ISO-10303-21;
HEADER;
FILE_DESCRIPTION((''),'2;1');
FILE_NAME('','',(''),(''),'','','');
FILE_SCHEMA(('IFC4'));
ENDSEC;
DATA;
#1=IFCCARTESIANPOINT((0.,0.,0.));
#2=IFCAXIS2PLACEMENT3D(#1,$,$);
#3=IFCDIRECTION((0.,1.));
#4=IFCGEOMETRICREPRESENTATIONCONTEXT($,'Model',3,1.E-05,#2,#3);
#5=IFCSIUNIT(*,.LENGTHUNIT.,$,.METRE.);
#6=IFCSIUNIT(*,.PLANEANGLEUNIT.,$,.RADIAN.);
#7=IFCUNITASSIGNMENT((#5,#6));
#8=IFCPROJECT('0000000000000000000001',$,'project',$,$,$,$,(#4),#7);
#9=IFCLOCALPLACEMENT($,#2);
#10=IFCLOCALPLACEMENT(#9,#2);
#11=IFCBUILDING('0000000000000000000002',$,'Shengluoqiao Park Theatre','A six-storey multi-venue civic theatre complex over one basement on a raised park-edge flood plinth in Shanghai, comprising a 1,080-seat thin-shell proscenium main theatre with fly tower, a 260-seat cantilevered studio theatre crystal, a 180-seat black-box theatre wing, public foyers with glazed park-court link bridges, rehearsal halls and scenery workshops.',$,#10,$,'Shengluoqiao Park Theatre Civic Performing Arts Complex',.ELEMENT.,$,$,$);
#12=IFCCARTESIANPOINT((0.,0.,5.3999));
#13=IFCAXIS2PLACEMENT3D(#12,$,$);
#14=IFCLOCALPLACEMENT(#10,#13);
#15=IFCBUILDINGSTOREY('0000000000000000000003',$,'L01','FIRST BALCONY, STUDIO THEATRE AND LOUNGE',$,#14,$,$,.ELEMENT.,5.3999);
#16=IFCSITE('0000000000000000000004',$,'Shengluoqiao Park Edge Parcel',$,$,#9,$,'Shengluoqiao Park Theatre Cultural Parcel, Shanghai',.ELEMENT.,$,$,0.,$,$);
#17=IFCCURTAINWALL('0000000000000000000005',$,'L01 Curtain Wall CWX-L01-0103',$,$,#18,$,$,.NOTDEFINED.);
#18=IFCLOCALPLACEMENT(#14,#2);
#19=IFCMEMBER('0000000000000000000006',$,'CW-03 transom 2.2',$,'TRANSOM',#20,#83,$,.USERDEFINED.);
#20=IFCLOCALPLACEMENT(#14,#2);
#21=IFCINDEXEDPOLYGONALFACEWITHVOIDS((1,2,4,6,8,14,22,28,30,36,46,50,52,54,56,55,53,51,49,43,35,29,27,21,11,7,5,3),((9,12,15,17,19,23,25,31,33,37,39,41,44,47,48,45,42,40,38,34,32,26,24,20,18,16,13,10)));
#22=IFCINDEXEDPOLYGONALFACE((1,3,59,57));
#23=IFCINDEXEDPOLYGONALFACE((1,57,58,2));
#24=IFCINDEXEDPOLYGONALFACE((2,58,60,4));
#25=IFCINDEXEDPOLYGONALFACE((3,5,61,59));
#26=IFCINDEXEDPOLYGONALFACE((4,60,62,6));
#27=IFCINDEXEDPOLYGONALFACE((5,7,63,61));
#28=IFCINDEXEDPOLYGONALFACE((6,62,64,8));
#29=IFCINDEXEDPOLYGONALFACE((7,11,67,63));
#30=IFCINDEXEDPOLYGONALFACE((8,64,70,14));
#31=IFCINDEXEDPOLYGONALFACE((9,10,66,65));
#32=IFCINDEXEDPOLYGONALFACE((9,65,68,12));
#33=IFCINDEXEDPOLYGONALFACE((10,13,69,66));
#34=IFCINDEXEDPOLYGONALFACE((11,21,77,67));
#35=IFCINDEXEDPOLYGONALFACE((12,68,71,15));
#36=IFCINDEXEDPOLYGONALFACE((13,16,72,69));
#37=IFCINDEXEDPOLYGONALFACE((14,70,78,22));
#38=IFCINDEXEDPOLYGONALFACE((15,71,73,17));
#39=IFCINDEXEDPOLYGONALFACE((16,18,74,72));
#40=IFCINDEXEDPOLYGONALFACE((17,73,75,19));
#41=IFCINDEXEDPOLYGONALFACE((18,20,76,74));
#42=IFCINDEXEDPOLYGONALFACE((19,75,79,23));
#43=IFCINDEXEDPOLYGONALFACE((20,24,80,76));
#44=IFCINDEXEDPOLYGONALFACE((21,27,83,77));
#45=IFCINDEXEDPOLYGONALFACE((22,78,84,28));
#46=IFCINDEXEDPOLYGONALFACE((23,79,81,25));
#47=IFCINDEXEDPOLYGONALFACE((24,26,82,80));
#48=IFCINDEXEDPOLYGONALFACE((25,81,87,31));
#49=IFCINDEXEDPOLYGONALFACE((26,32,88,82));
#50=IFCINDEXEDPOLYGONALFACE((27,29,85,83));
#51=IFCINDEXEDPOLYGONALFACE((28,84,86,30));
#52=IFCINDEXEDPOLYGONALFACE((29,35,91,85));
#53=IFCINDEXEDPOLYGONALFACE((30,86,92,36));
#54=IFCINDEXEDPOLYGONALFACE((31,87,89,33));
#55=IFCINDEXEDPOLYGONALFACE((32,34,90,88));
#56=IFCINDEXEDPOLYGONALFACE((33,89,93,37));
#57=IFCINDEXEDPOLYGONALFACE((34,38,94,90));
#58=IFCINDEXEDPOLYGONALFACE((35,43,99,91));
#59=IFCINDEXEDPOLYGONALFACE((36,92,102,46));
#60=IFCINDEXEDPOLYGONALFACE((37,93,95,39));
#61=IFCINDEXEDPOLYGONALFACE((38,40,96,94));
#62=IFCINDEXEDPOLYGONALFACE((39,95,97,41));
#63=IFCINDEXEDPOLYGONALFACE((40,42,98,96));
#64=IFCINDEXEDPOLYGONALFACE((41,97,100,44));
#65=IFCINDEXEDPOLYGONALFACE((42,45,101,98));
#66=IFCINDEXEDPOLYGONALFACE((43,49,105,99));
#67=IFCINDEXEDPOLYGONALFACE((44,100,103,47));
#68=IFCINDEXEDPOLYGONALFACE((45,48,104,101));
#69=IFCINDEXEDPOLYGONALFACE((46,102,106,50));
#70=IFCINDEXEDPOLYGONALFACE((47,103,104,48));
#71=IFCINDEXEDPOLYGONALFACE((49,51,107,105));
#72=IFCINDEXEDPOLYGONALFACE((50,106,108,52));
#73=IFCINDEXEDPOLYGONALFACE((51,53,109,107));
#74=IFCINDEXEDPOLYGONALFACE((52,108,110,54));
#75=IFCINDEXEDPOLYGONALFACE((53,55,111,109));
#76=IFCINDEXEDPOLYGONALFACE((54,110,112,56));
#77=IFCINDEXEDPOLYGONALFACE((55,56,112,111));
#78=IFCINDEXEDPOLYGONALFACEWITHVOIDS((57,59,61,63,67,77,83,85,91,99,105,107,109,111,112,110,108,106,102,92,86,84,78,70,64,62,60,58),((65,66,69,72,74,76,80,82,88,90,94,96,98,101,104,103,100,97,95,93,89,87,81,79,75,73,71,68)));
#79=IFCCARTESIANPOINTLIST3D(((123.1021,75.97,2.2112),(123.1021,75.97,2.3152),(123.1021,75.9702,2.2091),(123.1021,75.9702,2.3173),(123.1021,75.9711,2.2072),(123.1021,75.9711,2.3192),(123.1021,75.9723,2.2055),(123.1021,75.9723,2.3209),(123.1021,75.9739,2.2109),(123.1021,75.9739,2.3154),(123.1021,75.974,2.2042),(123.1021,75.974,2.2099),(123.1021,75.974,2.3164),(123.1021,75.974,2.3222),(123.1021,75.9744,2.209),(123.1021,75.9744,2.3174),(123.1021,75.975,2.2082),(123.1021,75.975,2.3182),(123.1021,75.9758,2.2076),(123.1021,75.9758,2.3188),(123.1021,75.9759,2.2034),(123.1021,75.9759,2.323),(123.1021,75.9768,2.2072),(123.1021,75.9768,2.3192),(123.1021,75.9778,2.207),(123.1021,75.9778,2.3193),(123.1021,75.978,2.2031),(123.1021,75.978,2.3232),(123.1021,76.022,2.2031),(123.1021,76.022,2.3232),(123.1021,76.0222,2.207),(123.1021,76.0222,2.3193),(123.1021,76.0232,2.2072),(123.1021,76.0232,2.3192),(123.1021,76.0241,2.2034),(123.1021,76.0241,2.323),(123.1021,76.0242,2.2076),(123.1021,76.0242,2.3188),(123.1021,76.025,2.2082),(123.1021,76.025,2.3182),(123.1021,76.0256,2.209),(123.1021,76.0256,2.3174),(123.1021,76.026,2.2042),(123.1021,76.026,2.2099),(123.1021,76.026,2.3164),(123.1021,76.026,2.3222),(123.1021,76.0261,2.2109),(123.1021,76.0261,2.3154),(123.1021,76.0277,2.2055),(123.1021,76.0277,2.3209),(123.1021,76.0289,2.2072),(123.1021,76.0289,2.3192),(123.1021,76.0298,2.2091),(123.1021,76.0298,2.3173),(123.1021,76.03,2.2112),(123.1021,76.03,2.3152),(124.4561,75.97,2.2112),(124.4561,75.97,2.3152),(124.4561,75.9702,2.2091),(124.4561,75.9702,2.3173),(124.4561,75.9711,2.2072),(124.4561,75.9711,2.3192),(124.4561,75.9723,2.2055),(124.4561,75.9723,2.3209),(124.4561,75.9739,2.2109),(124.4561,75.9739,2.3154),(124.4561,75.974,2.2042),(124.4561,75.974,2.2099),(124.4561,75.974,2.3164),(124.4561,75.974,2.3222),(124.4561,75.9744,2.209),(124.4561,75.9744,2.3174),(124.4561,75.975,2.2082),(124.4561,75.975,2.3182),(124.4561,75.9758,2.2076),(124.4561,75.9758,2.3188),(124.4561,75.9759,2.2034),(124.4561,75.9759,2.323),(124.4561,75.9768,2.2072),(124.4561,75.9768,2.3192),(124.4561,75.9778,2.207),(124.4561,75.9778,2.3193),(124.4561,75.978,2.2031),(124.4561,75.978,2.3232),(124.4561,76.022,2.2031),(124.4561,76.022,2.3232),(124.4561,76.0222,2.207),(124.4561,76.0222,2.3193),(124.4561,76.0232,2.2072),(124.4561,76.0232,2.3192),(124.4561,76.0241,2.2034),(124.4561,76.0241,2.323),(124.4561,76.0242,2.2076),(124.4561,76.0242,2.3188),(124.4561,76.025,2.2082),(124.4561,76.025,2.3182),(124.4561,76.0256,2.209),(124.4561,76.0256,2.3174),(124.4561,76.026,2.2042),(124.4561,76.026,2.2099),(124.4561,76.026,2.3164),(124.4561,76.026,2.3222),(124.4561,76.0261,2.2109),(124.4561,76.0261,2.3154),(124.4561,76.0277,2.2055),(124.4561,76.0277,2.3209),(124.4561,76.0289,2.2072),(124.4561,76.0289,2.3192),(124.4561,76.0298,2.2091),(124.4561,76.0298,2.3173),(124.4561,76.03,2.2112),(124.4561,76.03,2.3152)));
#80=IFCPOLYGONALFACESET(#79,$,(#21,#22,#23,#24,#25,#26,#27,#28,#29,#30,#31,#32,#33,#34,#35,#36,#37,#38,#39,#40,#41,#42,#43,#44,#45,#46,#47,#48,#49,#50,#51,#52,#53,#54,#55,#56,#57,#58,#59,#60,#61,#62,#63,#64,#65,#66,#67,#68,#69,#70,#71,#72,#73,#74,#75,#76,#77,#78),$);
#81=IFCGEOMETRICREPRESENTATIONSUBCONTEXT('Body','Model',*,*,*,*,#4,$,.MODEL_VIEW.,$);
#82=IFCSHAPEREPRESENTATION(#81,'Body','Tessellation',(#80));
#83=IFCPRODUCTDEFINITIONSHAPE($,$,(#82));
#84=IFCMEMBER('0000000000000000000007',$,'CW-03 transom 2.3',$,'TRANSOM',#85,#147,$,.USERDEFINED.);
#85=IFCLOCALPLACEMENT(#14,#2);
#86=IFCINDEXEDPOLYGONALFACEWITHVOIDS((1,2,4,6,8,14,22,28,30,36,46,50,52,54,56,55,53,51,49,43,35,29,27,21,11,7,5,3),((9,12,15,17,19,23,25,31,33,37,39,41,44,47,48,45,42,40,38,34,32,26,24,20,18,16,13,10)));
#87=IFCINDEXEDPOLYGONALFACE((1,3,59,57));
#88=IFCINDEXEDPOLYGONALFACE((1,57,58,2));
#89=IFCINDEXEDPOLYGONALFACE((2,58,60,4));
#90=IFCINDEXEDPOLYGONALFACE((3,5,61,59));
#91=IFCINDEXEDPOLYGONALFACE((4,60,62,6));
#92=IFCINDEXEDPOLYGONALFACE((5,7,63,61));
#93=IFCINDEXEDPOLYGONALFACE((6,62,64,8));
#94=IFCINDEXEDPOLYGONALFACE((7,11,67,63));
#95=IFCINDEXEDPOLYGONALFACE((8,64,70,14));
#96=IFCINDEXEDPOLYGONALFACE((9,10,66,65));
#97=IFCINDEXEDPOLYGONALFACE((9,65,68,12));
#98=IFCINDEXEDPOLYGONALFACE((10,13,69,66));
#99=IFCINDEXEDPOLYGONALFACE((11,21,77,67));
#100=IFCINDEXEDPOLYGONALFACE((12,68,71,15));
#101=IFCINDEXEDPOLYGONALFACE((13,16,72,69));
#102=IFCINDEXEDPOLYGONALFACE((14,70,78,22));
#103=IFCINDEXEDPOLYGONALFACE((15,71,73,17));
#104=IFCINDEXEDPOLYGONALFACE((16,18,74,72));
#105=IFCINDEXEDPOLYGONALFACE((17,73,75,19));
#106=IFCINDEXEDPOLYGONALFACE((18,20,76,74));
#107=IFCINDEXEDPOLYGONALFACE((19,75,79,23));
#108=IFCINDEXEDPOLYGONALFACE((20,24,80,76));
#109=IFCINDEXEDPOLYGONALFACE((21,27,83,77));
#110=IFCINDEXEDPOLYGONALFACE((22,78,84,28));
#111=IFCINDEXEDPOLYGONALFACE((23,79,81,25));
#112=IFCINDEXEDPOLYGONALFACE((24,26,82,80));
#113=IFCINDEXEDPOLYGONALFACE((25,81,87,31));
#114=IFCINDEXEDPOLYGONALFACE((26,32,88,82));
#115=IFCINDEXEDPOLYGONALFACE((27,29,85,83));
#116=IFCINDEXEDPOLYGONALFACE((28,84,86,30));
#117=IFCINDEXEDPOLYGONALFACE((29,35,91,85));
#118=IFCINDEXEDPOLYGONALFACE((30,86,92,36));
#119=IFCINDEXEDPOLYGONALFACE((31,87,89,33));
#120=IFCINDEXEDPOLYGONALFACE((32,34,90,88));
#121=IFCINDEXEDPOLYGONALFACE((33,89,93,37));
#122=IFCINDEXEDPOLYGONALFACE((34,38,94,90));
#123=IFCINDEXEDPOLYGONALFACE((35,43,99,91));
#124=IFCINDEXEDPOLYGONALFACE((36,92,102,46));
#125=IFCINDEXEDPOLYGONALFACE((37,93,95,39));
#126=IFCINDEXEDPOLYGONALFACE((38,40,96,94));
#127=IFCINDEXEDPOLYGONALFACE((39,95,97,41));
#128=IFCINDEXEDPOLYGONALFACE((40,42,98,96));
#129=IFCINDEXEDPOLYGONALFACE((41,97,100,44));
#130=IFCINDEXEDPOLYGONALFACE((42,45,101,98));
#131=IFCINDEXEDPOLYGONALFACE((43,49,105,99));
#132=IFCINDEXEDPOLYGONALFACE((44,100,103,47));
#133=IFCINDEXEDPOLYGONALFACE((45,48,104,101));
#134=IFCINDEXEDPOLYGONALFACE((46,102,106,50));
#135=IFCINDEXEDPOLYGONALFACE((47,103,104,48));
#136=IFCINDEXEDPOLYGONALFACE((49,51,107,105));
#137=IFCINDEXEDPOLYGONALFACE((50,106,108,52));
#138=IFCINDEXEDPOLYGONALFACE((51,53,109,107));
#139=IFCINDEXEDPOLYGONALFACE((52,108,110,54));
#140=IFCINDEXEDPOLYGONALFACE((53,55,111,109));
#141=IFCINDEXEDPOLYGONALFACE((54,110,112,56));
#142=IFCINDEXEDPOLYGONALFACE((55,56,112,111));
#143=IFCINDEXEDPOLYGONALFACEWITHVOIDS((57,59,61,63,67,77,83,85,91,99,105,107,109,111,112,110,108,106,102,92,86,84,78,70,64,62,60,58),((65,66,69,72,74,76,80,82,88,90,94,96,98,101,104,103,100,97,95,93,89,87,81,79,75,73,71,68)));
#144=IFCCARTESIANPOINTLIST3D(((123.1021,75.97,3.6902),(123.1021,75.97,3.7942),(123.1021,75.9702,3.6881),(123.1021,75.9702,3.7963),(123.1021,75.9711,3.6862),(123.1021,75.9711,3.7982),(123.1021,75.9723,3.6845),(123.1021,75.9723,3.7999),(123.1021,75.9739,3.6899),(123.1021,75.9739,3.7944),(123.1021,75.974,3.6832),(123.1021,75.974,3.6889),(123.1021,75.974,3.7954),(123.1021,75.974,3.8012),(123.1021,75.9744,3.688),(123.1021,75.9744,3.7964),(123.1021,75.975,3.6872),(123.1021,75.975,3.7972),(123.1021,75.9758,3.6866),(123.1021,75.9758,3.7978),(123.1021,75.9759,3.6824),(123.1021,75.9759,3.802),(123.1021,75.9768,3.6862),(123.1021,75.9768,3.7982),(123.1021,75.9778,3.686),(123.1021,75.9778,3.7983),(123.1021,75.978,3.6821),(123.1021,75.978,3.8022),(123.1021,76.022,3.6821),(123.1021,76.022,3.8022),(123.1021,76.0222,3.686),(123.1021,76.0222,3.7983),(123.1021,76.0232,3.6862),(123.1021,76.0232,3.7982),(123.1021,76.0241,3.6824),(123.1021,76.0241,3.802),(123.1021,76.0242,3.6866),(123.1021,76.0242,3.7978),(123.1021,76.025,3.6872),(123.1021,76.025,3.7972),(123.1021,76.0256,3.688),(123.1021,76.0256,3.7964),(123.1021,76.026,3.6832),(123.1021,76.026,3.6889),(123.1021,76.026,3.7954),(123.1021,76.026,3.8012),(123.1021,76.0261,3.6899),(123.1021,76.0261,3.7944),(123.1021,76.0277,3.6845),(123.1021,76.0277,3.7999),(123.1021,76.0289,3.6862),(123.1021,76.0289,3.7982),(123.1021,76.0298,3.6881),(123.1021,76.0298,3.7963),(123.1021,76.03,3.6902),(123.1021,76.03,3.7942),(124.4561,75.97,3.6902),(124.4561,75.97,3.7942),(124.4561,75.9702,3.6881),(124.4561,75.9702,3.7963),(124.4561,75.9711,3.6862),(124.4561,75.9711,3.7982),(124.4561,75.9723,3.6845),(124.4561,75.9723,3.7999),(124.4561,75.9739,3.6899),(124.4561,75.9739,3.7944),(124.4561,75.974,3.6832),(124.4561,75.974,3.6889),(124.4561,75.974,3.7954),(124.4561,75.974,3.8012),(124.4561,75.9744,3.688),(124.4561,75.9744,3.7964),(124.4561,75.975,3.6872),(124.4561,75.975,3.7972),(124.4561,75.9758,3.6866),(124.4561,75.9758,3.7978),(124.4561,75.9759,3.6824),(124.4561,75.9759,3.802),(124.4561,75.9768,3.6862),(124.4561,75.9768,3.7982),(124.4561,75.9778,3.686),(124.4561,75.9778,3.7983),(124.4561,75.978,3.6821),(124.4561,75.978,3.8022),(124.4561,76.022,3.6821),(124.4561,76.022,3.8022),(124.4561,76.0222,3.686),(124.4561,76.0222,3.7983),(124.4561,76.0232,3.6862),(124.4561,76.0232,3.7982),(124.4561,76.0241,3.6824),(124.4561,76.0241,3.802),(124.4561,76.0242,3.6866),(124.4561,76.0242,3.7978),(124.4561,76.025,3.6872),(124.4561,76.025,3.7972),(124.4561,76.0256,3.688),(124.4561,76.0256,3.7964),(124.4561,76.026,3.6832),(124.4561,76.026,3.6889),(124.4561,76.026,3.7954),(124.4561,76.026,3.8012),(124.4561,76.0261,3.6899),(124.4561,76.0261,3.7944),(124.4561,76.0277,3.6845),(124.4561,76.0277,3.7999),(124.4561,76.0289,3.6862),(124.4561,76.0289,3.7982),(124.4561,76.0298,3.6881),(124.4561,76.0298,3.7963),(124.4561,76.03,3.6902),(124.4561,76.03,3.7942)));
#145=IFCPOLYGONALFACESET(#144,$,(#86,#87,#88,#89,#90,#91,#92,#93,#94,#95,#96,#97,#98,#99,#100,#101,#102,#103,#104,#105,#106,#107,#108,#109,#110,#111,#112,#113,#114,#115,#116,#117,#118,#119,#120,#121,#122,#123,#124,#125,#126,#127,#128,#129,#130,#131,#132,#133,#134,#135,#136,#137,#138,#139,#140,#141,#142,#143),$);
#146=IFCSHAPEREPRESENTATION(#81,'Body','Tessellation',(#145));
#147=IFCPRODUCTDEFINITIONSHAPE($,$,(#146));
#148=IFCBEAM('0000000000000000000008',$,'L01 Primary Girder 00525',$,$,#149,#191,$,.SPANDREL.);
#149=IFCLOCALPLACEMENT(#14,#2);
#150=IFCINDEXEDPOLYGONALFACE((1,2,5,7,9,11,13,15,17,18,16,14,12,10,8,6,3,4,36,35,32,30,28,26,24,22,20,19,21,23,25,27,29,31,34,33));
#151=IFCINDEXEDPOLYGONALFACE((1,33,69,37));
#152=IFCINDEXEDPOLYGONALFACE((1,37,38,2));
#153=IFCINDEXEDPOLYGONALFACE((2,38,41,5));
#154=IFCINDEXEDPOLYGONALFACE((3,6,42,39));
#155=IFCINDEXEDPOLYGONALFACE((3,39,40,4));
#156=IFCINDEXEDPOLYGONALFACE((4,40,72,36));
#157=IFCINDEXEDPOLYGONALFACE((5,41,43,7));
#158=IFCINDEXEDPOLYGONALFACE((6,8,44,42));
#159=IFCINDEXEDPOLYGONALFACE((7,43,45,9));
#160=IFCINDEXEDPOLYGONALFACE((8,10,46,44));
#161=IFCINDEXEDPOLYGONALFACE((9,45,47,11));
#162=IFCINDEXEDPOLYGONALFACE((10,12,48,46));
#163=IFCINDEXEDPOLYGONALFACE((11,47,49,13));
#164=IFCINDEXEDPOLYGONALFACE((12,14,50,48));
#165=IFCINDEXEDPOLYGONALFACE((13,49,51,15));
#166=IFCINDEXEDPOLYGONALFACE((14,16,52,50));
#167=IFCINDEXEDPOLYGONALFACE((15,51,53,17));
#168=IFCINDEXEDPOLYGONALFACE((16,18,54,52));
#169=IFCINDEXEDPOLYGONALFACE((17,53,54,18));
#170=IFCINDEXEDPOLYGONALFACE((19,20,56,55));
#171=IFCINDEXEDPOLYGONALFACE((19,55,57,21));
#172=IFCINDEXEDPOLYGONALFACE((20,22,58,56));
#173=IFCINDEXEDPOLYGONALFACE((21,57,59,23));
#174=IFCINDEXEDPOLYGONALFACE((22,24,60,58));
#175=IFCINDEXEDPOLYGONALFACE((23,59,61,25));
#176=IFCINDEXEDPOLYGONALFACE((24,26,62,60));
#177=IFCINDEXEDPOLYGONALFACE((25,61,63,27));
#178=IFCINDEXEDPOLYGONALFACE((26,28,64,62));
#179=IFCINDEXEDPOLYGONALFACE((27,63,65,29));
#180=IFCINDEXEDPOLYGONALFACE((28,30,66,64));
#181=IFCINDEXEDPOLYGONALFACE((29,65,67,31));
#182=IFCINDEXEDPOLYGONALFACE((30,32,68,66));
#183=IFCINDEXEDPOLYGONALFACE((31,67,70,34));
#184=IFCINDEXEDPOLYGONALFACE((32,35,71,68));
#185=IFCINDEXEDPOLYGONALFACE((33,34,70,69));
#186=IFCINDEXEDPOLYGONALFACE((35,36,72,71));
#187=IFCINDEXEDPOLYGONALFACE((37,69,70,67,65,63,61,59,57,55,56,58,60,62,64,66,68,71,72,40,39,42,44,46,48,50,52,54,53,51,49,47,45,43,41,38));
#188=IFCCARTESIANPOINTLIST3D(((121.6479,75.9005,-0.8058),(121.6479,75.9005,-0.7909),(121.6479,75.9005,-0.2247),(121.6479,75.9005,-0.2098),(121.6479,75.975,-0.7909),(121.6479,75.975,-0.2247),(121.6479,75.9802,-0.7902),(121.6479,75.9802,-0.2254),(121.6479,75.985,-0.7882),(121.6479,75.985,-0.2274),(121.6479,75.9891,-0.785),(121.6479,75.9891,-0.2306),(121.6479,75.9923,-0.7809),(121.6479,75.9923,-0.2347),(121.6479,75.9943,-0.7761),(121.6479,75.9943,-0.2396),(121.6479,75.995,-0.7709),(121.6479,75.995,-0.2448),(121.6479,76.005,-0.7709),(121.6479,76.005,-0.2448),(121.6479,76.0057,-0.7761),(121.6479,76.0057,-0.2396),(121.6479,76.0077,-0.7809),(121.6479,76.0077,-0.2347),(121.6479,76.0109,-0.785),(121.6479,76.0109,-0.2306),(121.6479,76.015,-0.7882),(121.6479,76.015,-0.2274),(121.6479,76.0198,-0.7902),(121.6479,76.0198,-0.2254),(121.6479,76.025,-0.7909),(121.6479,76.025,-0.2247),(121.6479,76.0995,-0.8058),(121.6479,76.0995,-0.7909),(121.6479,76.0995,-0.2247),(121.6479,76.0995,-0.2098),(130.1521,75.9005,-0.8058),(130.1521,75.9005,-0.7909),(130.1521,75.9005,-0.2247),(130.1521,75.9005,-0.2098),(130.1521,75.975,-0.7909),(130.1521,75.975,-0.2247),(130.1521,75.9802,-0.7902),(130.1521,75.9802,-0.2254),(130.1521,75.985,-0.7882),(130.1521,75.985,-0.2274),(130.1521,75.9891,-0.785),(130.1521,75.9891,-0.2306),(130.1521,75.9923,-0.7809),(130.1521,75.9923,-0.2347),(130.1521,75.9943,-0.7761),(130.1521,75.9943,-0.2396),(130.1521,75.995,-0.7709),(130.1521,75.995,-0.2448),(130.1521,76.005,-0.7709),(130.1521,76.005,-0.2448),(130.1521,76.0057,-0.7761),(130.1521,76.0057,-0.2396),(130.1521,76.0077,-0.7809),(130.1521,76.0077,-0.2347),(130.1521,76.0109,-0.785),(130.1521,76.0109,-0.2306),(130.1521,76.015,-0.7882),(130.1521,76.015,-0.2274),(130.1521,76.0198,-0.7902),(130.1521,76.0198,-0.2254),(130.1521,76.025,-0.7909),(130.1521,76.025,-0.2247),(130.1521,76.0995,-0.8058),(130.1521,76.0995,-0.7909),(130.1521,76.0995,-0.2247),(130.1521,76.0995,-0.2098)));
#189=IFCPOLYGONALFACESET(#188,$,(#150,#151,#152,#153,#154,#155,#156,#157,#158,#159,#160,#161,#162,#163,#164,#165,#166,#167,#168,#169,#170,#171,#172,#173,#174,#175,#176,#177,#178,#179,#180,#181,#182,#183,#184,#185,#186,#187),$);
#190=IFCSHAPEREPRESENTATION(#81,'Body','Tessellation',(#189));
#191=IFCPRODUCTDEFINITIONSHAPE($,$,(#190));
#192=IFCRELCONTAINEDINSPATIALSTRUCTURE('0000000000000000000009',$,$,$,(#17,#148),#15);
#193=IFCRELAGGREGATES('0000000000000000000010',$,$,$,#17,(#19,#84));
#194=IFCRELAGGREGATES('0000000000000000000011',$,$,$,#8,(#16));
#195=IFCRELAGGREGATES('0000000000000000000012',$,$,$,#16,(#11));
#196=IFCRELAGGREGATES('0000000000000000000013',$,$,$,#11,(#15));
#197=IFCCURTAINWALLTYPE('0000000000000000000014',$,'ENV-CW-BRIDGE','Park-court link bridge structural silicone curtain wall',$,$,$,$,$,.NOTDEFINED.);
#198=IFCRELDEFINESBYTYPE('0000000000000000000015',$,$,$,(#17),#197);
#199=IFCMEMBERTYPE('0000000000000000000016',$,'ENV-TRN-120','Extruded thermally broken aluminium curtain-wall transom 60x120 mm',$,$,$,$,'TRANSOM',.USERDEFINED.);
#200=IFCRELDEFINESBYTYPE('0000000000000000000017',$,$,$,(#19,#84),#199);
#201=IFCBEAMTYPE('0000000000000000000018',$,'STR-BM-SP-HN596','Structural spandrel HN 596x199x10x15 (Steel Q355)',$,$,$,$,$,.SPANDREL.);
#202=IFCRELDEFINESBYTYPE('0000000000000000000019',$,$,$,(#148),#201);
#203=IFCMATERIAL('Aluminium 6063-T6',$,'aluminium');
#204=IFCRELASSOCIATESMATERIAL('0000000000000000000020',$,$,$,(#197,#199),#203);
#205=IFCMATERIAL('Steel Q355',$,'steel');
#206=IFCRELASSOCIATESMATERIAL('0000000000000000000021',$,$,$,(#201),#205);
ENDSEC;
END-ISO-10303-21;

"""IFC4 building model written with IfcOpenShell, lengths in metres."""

from ifc_helpers import new_model, si_unit, direction, frame, origin, origin_2d, place, context, subcontext, project, spatial, hollow_rectangle, i_section, extrude, material, material_profile, profile_set, type_object, element, aggregate, save


model = new_model("IFC4")

# Units and contexts
model_context = context("Model", 3, precision=1e-05, world=origin(), true_north=direction((0.0, 1.0)))
body_context = subcontext(model_context, "Body", "Model", "MODEL_VIEW")
ifc_project = project(units=[si_unit("LENGTHUNIT", "METRE"), si_unit("PLANEANGLEUNIT", "RADIAN")], contexts=[model_context])

# Site, building, storey
site_placement = place(None, origin())
site = spatial("IfcSite", under=ifc_project, at=site_placement, Name="Shengluoqiao Park Edge Parcel", LongName="Shengluoqiao Park Theatre Cultural Parcel, Shanghai", CompositionType="ELEMENT", RefElevation=0.0)
building_placement = place(site_placement, origin())
building = spatial("IfcBuilding", under=site, at=building_placement, Name="Shengluoqiao Park Theatre", Description="A six-storey multi-venue civic theatre complex over one basement on a raised park-edge flood plinth in Shanghai, comprising a 1,080-seat thin-shell proscenium main theatre with fly tower, a 260-seat cantilevered studio theatre crystal, a 180-seat black-box theatre wing, public foyers with glazed park-court link bridges, rehearsal halls and scenery workshops.", LongName="Shengluoqiao Park Theatre Civic Performing Arts Complex", CompositionType="ELEMENT")
storey_placement = place(building_placement, frame((0.0, 0.0, 5.3999)))
storey = spatial("IfcBuildingStorey", under=building, at=storey_placement, Name="L01", Description="FIRST BALCONY, STUDIO THEATRE AND LOUNGE", CompositionType="ELEMENT", Elevation=5.3999)

# Curtain wall
ifc_material_1 = material(Name="Aluminium 6063-T6", Category="aluminium")
curtain_wall_type = type_object("IfcCurtainWallType", Name="ENV-CW-BRIDGE", Description="Park-court link bridge structural silicone curtain wall", PredefinedType="NOTDEFINED", material=ifc_material_1)
curtain_wall_1_placement = place(storey_placement, origin())
curtain_wall_1 = element("IfcCurtainWall", 1, at=curtain_wall_1_placement, inside=storey, type_object=curtain_wall_type, Name="L01 Curtain Wall CWX-L01-0103", PredefinedType="NOTDEFINED")

# Members
ifc_material_profile_1 = material_profile(ifc_material_1, hollow_rectangle(XDim=0.0601, YDim=0.1201, WallThickness=0.0039, InnerFilletRadius=0.0039, OuterFilletRadius=0.0081, at=origin_2d()), Name="ALU TRANSOM 120x60x4")
ifc_profile_set_1 = profile_set([ifc_material_profile_1], Name="Aluminium 6063-T6")
member_type_1 = type_object("IfcMemberType", Name="ENV-TRN-120", Description="Extruded thermally broken aluminium curtain-wall transom 60x120 mm", ElementType="TRANSOM", PredefinedType="USERDEFINED", material=ifc_profile_set_1)
member_1_placement = place(storey_placement, frame((123.1021, 76.0, 2.2632), z_axis=(1.0, 0.0, 0.0), x_axis=(0.0, 1.0, 0.0)))
member_1 = element("IfcMember", 2, at=member_1_placement, type_object=member_type_1, Name="CW-03 transom 2.2", ObjectType="TRANSOM", PredefinedType="USERDEFINED", context=body_context, shape_type="SweptSolid", body=[
    extrude(hollow_rectangle(XDim=0.0601, YDim=0.1201, WallThickness=0.0039, InnerFilletRadius=0.0039, OuterFilletRadius=0.0081, at=origin_2d()), origin(), (0.0, 0.0, 1.0), 1.354),
])
member_2_placement = place(storey_placement, frame((123.1021, 76.0, 3.7422), z_axis=(1.0, 0.0, 0.0), x_axis=(0.0, 1.0, 0.0)))
member_2 = element("IfcMember", 3, at=member_2_placement, type_object=member_type_1, Name="CW-03 transom 2.3", ObjectType="TRANSOM", PredefinedType="USERDEFINED", context=body_context, shape_type="SweptSolid", body=[
    extrude(hollow_rectangle(XDim=0.0601, YDim=0.1201, WallThickness=0.0039, InnerFilletRadius=0.0039, OuterFilletRadius=0.0081, at=origin_2d()), origin(), (0.0, 0.0, 1.0), 1.354),
])

# Beam
ifc_material_2 = material(Name="Steel Q355", Category="steel")
ifc_material_profile_2 = material_profile(ifc_material_2, i_section(OverallWidth=0.199, OverallDepth=0.5959, WebThickness=0.01, FlangeThickness=0.0149, FilletRadius=0.02, at=origin_2d()), Name="HN 596x199x10x15")
ifc_profile_set_2 = profile_set([ifc_material_profile_2], Name="Steel Q355")
beam_type = type_object("IfcBeamType", Name="STR-BM-SP-HN596", Description="Structural spandrel HN 596x199x10x15 (Steel Q355)", PredefinedType="SPANDREL", material=ifc_profile_set_2)
beam_placement = place(storey_placement, frame((121.6479, 76.0, -0.5078), z_axis=(1.0, 0.0, 0.0), x_axis=(0.0, 1.0, 0.0)))
element("IfcBeam", 4, at=beam_placement, inside=storey, type_object=beam_type, Name="L01 Primary Girder 00525", PredefinedType="SPANDREL", context=body_context, shape_type="SweptSolid", body=[
    extrude(i_section(OverallWidth=0.199, OverallDepth=0.5959, WebThickness=0.01, FlangeThickness=0.0149, FilletRadius=0.02, at=origin_2d()), origin(), (0.0, 0.0, 1.0), 8.5042),
])

aggregate(curtain_wall_1, [member_1, member_2])

save(model, "model.ifc")
